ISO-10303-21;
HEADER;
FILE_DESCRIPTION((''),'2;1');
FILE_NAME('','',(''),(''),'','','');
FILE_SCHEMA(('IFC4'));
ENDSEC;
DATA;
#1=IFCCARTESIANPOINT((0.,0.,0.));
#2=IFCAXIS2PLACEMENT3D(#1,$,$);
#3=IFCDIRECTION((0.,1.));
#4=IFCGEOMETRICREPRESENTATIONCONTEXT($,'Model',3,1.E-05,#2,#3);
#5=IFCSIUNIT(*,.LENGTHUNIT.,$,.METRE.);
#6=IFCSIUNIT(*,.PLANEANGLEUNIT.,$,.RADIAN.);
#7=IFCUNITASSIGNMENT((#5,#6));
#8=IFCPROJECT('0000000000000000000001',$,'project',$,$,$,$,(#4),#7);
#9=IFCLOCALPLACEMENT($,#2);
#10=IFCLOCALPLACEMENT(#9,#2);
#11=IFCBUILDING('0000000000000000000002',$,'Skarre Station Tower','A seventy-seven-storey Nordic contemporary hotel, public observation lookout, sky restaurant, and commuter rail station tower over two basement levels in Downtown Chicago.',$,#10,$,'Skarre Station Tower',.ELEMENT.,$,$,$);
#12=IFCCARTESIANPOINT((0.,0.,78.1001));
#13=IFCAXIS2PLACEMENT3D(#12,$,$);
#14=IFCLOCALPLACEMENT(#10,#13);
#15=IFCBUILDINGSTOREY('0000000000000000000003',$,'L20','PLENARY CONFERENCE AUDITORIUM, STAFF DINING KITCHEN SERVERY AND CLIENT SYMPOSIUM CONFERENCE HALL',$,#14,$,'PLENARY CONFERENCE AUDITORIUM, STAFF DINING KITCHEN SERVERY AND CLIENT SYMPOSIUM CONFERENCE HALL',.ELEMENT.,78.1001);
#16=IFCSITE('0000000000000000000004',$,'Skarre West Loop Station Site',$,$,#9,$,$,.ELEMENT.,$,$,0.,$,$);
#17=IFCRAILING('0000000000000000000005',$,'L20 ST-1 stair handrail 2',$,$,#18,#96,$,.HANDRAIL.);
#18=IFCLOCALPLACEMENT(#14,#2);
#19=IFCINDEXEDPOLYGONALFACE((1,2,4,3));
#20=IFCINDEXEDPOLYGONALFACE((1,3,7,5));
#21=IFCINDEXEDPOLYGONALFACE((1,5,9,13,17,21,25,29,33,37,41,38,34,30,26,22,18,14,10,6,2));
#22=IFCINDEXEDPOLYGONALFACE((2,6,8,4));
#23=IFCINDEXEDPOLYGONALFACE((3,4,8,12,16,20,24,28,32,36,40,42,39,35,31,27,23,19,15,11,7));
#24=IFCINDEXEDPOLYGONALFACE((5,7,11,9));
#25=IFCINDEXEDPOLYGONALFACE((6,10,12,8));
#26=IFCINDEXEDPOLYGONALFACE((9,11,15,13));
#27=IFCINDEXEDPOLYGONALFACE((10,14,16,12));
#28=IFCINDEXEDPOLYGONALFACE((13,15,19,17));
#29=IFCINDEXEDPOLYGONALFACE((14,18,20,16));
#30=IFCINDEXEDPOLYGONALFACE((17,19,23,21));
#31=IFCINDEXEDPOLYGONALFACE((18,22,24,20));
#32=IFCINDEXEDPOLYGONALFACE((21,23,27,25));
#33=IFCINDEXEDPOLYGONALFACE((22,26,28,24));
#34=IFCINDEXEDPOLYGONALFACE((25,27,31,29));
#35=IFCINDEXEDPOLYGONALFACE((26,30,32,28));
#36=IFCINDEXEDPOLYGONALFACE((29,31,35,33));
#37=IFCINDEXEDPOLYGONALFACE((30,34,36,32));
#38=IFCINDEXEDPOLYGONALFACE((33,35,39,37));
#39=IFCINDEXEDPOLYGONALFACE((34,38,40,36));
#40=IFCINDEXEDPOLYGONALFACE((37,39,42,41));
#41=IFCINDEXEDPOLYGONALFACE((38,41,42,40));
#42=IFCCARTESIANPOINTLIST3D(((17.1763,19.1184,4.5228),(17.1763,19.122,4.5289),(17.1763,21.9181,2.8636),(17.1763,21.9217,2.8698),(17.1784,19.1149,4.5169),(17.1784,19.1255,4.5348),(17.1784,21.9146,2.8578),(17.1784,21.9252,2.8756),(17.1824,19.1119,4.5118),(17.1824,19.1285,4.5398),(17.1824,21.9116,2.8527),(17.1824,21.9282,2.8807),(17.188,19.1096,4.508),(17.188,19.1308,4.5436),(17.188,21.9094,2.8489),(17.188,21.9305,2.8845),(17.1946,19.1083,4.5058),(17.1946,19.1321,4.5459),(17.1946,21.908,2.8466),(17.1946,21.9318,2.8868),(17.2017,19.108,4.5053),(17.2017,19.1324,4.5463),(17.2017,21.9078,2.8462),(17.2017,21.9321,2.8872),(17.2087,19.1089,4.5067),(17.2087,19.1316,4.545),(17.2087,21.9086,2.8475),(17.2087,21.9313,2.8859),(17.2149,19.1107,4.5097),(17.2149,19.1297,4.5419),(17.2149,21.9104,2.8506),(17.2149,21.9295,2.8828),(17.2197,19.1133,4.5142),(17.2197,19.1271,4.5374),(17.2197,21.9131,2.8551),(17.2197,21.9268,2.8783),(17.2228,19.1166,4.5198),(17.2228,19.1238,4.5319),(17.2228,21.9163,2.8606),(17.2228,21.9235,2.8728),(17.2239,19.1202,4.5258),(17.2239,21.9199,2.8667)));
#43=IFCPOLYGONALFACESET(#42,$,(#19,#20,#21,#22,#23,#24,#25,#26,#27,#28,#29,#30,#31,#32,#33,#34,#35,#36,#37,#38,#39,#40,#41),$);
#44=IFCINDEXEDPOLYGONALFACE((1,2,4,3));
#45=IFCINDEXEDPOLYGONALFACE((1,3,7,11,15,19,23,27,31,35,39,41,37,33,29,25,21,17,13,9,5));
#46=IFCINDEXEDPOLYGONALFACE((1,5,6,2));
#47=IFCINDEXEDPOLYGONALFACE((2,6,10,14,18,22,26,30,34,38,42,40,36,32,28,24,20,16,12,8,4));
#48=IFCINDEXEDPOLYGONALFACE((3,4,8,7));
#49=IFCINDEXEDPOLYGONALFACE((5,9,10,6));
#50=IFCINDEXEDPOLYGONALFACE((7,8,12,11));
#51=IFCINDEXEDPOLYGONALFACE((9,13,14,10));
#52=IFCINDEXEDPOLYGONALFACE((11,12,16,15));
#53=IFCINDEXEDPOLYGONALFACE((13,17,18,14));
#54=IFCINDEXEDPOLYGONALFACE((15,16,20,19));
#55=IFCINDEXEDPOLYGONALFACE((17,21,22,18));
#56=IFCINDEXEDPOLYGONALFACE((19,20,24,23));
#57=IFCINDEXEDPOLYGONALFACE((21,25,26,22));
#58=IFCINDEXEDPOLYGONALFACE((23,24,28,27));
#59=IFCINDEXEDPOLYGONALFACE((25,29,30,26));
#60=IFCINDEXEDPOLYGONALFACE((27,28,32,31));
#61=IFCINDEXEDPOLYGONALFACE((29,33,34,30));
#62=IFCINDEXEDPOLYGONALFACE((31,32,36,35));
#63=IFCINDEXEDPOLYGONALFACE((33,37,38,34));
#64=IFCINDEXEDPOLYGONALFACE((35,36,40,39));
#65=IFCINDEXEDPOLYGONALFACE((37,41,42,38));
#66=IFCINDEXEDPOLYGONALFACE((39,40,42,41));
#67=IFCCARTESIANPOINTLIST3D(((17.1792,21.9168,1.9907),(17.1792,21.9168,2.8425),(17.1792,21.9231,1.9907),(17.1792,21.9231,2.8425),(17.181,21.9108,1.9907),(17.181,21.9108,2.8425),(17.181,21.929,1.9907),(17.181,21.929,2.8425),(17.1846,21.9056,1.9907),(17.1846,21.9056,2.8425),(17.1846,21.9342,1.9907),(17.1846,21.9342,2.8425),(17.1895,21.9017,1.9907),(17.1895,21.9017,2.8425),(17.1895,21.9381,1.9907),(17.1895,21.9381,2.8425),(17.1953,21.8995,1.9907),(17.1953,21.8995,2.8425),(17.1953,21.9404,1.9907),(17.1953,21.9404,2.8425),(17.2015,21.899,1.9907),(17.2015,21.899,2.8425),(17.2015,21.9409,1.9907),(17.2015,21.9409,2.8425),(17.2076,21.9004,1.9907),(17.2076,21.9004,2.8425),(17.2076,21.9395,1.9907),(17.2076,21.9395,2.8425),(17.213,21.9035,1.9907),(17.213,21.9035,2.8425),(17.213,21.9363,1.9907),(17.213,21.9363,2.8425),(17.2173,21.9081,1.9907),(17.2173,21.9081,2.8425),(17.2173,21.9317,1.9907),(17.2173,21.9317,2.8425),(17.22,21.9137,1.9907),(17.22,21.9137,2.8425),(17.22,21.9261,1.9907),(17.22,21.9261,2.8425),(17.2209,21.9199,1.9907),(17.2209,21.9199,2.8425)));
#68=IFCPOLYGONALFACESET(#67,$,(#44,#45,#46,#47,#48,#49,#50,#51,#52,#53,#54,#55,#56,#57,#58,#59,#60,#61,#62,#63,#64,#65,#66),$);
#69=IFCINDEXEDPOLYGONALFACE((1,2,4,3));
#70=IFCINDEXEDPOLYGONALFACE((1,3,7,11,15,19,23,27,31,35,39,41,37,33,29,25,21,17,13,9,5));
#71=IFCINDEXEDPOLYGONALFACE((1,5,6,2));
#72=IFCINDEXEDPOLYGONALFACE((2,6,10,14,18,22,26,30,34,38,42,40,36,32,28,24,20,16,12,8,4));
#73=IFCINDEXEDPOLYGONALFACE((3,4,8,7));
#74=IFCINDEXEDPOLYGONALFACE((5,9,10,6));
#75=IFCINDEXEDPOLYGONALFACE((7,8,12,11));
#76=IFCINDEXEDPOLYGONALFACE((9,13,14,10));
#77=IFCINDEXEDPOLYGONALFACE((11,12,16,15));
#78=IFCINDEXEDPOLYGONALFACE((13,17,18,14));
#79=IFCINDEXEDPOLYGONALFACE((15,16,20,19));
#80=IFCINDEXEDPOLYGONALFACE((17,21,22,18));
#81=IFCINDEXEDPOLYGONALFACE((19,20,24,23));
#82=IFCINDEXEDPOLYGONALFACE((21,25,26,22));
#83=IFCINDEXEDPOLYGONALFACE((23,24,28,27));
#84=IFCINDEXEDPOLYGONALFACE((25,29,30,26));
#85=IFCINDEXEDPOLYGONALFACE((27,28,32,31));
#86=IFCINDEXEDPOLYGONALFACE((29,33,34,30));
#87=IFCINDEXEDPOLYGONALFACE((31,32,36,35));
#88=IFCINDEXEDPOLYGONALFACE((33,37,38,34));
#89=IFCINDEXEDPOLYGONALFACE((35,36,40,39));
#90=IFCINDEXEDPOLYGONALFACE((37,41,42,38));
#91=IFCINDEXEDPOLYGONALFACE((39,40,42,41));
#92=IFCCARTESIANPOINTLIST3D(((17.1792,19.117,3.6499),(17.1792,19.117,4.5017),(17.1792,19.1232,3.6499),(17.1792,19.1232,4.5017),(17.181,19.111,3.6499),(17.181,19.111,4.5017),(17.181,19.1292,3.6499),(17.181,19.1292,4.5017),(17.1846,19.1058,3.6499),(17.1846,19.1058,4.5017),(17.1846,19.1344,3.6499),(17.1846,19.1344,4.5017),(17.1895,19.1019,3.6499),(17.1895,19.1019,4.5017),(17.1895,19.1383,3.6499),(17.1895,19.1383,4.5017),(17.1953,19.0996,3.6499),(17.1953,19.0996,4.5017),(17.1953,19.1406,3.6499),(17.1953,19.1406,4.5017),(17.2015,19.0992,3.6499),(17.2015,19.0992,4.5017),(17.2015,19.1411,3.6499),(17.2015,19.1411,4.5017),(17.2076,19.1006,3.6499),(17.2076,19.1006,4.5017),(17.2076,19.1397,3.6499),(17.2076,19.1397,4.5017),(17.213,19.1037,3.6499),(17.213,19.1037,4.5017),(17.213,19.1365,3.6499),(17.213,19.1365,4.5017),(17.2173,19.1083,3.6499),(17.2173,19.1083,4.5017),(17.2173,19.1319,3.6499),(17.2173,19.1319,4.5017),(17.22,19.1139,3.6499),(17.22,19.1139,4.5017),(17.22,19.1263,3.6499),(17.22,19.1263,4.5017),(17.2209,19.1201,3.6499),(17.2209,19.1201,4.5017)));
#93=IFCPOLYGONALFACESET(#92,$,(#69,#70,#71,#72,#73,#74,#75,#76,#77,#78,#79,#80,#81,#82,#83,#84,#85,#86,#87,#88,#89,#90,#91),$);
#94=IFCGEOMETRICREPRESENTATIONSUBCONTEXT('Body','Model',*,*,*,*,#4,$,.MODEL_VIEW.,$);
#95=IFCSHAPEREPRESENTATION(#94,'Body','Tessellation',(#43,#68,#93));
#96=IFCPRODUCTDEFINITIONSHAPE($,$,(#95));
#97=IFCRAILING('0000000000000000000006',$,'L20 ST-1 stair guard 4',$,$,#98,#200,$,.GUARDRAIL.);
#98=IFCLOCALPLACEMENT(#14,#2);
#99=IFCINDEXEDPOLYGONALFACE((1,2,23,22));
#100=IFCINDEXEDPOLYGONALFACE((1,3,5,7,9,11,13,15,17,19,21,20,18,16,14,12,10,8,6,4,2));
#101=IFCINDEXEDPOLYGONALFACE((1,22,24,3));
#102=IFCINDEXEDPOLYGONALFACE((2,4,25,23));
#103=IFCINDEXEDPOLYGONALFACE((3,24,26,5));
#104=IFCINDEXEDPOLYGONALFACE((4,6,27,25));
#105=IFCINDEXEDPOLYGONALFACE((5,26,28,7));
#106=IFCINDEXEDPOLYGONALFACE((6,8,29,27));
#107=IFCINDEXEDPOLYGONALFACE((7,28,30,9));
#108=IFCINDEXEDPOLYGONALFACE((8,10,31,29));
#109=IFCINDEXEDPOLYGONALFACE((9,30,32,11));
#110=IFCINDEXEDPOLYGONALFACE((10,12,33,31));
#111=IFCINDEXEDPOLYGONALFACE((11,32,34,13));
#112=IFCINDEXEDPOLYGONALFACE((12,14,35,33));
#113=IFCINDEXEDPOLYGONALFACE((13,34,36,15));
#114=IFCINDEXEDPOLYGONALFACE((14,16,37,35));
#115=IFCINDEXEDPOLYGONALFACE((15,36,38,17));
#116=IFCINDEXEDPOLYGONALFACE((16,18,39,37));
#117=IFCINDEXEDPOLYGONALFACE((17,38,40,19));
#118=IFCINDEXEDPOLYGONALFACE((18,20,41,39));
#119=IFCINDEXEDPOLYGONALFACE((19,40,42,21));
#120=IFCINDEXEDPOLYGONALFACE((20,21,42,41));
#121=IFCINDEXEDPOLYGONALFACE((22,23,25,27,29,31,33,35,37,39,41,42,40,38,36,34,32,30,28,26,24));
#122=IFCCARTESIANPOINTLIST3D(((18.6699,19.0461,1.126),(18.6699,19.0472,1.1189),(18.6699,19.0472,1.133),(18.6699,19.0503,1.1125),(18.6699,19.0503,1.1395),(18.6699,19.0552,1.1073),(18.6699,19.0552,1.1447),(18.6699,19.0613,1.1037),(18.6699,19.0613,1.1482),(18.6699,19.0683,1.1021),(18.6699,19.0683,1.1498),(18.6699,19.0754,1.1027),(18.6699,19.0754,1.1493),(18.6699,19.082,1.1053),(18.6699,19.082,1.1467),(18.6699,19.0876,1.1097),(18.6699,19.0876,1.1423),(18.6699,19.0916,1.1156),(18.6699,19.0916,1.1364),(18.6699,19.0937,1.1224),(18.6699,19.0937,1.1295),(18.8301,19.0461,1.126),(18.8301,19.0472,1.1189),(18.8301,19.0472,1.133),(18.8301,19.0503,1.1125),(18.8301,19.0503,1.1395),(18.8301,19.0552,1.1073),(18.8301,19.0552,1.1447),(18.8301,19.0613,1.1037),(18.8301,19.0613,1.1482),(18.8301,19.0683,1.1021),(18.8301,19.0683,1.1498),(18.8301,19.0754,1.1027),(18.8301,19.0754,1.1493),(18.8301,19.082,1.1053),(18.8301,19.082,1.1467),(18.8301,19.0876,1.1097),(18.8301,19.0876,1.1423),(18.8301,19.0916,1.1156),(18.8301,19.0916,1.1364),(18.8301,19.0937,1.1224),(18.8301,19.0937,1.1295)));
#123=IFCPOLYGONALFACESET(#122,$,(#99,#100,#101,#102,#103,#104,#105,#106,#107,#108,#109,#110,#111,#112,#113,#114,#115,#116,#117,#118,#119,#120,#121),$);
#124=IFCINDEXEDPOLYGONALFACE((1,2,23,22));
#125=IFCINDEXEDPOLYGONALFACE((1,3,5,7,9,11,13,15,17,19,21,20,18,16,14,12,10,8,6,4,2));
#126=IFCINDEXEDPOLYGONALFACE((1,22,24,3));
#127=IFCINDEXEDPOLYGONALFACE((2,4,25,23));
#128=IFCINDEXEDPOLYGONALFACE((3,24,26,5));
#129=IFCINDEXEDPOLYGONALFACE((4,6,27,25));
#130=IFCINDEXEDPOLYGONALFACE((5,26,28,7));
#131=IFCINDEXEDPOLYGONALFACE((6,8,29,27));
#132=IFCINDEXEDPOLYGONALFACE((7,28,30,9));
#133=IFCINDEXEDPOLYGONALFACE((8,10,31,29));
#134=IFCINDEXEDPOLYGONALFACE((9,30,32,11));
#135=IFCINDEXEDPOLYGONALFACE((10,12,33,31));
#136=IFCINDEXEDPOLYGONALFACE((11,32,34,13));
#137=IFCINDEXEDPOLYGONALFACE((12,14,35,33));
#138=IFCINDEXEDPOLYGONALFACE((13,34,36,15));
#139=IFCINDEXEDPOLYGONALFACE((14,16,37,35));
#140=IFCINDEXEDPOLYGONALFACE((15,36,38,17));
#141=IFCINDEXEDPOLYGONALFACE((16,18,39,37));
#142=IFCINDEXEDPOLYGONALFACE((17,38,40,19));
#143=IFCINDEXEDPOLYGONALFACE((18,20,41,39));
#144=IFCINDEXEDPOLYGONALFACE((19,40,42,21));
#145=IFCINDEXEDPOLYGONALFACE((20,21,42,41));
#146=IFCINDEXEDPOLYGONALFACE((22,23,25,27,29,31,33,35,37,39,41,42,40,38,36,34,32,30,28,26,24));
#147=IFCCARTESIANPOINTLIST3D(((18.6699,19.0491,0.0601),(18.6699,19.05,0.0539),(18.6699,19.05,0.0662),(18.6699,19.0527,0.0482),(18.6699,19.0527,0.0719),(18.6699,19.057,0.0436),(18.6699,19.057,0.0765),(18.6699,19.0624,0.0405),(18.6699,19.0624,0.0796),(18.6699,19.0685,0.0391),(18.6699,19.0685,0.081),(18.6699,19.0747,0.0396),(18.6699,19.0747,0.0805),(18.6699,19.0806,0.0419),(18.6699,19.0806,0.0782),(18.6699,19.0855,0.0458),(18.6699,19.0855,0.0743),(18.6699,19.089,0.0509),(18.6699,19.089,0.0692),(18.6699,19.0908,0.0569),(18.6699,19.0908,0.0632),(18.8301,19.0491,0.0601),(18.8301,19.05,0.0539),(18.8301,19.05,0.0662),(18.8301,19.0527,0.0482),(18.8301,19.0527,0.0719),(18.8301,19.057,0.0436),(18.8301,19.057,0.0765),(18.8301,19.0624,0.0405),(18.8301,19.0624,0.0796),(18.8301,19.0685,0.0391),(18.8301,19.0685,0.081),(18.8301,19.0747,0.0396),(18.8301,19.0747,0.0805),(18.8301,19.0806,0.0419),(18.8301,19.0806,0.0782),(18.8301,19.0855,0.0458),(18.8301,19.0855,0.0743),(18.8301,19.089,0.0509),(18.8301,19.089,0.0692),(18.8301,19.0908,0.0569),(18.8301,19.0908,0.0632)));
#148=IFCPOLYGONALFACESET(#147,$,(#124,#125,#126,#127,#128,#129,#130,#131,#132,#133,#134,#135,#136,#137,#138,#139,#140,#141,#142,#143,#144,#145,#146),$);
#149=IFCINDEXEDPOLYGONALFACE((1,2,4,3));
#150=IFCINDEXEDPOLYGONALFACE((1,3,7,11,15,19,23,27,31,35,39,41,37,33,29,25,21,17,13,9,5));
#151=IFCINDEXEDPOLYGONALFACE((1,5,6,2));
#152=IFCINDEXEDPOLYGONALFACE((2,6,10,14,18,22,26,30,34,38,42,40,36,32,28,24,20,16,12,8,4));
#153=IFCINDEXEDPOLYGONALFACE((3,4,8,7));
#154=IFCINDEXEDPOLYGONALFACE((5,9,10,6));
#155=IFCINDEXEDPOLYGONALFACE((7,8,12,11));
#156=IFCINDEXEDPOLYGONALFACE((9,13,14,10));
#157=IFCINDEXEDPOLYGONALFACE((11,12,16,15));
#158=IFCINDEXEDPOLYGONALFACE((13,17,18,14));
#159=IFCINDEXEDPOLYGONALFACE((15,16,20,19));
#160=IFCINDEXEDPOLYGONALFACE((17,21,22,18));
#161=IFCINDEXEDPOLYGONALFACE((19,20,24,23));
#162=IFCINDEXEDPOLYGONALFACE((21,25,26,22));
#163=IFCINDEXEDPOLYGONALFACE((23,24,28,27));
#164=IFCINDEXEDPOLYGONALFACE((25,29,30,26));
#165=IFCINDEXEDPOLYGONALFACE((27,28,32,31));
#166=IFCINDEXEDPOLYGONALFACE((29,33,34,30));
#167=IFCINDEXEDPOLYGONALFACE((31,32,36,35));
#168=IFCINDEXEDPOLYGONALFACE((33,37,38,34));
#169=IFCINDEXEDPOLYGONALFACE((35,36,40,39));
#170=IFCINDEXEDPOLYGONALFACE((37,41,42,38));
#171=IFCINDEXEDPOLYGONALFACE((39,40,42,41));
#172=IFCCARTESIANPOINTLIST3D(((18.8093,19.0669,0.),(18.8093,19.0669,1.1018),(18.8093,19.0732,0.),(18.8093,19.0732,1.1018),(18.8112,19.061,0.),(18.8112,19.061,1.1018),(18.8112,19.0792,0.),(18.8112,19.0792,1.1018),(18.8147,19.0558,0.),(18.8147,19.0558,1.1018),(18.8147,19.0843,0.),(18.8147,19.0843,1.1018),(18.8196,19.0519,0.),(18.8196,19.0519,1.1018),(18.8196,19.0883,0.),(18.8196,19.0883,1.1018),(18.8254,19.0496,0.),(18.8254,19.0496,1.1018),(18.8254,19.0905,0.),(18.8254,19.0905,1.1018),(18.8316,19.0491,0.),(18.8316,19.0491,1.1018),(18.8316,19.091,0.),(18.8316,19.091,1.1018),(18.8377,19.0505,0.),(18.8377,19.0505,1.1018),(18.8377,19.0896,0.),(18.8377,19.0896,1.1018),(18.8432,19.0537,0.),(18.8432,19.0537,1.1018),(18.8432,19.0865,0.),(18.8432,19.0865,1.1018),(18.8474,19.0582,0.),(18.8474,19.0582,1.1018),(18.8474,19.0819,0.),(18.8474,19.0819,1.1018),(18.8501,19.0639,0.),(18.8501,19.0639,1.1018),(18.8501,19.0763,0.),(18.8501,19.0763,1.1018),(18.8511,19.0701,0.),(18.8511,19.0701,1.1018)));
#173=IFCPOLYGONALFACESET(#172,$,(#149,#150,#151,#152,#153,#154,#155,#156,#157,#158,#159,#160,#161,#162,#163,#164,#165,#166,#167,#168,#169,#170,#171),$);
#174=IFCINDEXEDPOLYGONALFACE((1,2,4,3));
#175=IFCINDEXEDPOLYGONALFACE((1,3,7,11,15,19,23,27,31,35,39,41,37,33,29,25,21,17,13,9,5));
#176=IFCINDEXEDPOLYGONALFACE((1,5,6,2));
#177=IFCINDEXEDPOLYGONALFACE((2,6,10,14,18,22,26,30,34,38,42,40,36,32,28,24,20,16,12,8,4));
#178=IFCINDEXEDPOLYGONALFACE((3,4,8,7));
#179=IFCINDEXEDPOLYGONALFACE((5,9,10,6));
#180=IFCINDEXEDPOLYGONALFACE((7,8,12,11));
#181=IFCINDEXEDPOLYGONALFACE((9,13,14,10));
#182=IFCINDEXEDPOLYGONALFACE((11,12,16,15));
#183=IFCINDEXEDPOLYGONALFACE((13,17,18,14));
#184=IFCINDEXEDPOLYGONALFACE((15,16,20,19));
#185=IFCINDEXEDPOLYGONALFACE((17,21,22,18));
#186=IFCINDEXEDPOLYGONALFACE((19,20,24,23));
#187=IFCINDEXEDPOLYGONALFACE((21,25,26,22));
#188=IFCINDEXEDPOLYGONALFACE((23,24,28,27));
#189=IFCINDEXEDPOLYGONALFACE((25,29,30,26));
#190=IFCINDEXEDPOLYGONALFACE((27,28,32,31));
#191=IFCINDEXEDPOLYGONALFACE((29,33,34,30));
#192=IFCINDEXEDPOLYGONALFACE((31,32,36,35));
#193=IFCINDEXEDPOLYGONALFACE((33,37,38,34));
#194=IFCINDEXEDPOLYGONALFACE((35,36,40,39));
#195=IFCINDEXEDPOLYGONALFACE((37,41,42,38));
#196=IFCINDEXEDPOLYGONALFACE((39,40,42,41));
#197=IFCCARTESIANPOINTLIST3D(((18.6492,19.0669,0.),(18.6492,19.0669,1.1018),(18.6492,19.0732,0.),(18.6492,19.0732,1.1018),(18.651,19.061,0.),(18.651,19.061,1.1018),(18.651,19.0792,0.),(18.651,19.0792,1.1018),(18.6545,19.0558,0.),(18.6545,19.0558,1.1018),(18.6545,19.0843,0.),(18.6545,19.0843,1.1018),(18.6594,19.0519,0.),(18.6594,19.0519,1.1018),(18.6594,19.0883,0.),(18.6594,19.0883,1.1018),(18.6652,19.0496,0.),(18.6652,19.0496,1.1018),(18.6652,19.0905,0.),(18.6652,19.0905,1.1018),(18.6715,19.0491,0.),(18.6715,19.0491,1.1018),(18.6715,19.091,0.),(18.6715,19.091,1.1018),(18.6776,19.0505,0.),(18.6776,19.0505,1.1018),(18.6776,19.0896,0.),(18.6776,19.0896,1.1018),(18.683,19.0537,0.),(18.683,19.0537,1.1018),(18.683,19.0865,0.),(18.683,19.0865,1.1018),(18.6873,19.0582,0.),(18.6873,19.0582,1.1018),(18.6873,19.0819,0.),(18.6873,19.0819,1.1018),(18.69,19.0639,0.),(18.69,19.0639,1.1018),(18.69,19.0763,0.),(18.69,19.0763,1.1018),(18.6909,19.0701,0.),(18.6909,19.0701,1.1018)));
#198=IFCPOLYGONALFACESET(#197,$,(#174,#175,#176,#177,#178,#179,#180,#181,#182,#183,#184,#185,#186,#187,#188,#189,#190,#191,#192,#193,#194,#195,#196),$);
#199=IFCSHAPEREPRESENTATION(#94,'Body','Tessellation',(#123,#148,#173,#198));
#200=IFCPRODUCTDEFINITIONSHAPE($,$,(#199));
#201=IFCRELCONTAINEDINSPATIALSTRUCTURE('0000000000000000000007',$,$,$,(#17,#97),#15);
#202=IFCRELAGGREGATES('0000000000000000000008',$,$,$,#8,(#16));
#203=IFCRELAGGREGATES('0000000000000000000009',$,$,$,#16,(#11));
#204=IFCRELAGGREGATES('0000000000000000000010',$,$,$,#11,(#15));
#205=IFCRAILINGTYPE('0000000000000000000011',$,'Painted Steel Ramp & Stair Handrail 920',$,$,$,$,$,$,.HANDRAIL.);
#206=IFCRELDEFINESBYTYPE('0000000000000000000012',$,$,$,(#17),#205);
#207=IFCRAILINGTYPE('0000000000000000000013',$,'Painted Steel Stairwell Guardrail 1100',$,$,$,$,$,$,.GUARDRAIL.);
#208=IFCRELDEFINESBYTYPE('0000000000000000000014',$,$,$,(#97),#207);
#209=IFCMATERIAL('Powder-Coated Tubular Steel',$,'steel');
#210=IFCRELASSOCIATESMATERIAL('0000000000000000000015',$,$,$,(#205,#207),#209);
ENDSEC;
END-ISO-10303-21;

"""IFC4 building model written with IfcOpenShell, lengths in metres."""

from ifc_helpers import new_model, si_unit, direction, frame, origin, origin_2d, place, context, subcontext, project, spatial, circle, extrude, material, type_object, element, save


model = new_model("IFC4")

# Units and contexts
model_context = context("Model", 3, precision=1e-05, world=origin(), true_north=direction((0.0, 1.0)))
body_context = subcontext(model_context, "Body", "Model", "MODEL_VIEW")
ifc_project = project(units=[si_unit("LENGTHUNIT", "METRE"), si_unit("PLANEANGLEUNIT", "RADIAN")], contexts=[model_context])

# Site, building, storey
site_placement = place(None, origin())
site = spatial("IfcSite", under=ifc_project, at=site_placement, Name="Skarre West Loop Station Site", CompositionType="ELEMENT", RefElevation=0.0)
building_placement = place(site_placement, origin())
building = spatial("IfcBuilding", under=site, at=building_placement, Name="Skarre Station Tower", Description="A seventy-seven-storey Nordic contemporary hotel, public observation lookout, sky restaurant, and commuter rail station tower over two basement levels in Downtown Chicago.", LongName="Skarre Station Tower", CompositionType="ELEMENT")
storey_placement = place(building_placement, frame((0.0, 0.0, 78.1001)))
storey = spatial("IfcBuildingStorey", under=building, at=storey_placement, Name="L20", Description="PLENARY CONFERENCE AUDITORIUM, STAFF DINING KITCHEN SERVERY AND CLIENT SYMPOSIUM CONFERENCE HALL", LongName="PLENARY CONFERENCE AUDITORIUM, STAFF DINING KITCHEN SERVERY AND CLIENT SYMPOSIUM CONFERENCE HALL", CompositionType="ELEMENT", Elevation=78.1001)

# Railings
ifc_material_1 = material(Name="Powder-Coated Tubular Steel", Category="steel")
railing_type_1 = type_object("IfcRailingType", Name="Painted Steel Ramp & Stair Handrail 920", PredefinedType="HANDRAIL", material=ifc_material_1)
railing_1_placement = place(storey_placement, frame((17.2, 21.9199, 1.9907)))
element("IfcRailing", 1, at=railing_1_placement, inside=storey, type_object=railing_type_1, Name="L20 ST-1 stair handrail 2", PredefinedType="HANDRAIL", context=body_context, shape_type="SweptSolid", body=[
    extrude(circle(Radius=0.0239, at=origin_2d()), frame((0.0, 0.0, 0.876), z_axis=(0.0, -0.860287, 0.509811), x_axis=(1.0, 0.0, 0.0)), (0.0, 0.0, 1.0), 3.2544),
    extrude(circle(Radius=0.021, at=origin_2d()), origin(), (0.0, 0.0, 1.0), 0.8518),
    extrude(circle(Radius=0.021, at=origin_2d()), frame((0.0, -2.7998, 1.6592)), (0.0, 0.0, 1.0), 0.8518),
])
railing_type_2 = type_object("IfcRailingType", Name="Painted Steel Stairwell Guardrail 1100", PredefinedType="GUARDRAIL", material=ifc_material_1)
railing_2_placement = place(storey_placement, frame((18.8301, 19.0701, 0.0)))
element("IfcRailing", 2, at=railing_2_placement, inside=storey, type_object=railing_type_2, Name="L20 ST-1 stair guard 4", PredefinedType="GUARDRAIL", context=body_context, shape_type="SweptSolid", body=[
    extrude(circle(Radius=0.0239, at=origin_2d()), frame((0.0, 0.0, 1.126), z_axis=(-1.0, 0.0, 0.0), x_axis=(0.0, -1.0, 0.0)), (0.0, 0.0, 1.0), 0.1602),
    extrude(circle(Radius=0.021, at=origin_2d()), frame((0.0, 0.0, 0.0601), z_axis=(-1.0, 0.0, 0.0), x_axis=(0.0, -1.0, 0.0)), (0.0, 0.0, 1.0), 0.1602),
    extrude(circle(Radius=0.021, at=origin_2d()), origin(), (0.0, 0.0, 1.0), 1.1018),
    extrude(circle(Radius=0.021, at=origin_2d()), frame((-0.1602, 0.0, 0.0)), (0.0, 0.0, 1.0), 1.1018),
])

save(model, "model.ifc")
